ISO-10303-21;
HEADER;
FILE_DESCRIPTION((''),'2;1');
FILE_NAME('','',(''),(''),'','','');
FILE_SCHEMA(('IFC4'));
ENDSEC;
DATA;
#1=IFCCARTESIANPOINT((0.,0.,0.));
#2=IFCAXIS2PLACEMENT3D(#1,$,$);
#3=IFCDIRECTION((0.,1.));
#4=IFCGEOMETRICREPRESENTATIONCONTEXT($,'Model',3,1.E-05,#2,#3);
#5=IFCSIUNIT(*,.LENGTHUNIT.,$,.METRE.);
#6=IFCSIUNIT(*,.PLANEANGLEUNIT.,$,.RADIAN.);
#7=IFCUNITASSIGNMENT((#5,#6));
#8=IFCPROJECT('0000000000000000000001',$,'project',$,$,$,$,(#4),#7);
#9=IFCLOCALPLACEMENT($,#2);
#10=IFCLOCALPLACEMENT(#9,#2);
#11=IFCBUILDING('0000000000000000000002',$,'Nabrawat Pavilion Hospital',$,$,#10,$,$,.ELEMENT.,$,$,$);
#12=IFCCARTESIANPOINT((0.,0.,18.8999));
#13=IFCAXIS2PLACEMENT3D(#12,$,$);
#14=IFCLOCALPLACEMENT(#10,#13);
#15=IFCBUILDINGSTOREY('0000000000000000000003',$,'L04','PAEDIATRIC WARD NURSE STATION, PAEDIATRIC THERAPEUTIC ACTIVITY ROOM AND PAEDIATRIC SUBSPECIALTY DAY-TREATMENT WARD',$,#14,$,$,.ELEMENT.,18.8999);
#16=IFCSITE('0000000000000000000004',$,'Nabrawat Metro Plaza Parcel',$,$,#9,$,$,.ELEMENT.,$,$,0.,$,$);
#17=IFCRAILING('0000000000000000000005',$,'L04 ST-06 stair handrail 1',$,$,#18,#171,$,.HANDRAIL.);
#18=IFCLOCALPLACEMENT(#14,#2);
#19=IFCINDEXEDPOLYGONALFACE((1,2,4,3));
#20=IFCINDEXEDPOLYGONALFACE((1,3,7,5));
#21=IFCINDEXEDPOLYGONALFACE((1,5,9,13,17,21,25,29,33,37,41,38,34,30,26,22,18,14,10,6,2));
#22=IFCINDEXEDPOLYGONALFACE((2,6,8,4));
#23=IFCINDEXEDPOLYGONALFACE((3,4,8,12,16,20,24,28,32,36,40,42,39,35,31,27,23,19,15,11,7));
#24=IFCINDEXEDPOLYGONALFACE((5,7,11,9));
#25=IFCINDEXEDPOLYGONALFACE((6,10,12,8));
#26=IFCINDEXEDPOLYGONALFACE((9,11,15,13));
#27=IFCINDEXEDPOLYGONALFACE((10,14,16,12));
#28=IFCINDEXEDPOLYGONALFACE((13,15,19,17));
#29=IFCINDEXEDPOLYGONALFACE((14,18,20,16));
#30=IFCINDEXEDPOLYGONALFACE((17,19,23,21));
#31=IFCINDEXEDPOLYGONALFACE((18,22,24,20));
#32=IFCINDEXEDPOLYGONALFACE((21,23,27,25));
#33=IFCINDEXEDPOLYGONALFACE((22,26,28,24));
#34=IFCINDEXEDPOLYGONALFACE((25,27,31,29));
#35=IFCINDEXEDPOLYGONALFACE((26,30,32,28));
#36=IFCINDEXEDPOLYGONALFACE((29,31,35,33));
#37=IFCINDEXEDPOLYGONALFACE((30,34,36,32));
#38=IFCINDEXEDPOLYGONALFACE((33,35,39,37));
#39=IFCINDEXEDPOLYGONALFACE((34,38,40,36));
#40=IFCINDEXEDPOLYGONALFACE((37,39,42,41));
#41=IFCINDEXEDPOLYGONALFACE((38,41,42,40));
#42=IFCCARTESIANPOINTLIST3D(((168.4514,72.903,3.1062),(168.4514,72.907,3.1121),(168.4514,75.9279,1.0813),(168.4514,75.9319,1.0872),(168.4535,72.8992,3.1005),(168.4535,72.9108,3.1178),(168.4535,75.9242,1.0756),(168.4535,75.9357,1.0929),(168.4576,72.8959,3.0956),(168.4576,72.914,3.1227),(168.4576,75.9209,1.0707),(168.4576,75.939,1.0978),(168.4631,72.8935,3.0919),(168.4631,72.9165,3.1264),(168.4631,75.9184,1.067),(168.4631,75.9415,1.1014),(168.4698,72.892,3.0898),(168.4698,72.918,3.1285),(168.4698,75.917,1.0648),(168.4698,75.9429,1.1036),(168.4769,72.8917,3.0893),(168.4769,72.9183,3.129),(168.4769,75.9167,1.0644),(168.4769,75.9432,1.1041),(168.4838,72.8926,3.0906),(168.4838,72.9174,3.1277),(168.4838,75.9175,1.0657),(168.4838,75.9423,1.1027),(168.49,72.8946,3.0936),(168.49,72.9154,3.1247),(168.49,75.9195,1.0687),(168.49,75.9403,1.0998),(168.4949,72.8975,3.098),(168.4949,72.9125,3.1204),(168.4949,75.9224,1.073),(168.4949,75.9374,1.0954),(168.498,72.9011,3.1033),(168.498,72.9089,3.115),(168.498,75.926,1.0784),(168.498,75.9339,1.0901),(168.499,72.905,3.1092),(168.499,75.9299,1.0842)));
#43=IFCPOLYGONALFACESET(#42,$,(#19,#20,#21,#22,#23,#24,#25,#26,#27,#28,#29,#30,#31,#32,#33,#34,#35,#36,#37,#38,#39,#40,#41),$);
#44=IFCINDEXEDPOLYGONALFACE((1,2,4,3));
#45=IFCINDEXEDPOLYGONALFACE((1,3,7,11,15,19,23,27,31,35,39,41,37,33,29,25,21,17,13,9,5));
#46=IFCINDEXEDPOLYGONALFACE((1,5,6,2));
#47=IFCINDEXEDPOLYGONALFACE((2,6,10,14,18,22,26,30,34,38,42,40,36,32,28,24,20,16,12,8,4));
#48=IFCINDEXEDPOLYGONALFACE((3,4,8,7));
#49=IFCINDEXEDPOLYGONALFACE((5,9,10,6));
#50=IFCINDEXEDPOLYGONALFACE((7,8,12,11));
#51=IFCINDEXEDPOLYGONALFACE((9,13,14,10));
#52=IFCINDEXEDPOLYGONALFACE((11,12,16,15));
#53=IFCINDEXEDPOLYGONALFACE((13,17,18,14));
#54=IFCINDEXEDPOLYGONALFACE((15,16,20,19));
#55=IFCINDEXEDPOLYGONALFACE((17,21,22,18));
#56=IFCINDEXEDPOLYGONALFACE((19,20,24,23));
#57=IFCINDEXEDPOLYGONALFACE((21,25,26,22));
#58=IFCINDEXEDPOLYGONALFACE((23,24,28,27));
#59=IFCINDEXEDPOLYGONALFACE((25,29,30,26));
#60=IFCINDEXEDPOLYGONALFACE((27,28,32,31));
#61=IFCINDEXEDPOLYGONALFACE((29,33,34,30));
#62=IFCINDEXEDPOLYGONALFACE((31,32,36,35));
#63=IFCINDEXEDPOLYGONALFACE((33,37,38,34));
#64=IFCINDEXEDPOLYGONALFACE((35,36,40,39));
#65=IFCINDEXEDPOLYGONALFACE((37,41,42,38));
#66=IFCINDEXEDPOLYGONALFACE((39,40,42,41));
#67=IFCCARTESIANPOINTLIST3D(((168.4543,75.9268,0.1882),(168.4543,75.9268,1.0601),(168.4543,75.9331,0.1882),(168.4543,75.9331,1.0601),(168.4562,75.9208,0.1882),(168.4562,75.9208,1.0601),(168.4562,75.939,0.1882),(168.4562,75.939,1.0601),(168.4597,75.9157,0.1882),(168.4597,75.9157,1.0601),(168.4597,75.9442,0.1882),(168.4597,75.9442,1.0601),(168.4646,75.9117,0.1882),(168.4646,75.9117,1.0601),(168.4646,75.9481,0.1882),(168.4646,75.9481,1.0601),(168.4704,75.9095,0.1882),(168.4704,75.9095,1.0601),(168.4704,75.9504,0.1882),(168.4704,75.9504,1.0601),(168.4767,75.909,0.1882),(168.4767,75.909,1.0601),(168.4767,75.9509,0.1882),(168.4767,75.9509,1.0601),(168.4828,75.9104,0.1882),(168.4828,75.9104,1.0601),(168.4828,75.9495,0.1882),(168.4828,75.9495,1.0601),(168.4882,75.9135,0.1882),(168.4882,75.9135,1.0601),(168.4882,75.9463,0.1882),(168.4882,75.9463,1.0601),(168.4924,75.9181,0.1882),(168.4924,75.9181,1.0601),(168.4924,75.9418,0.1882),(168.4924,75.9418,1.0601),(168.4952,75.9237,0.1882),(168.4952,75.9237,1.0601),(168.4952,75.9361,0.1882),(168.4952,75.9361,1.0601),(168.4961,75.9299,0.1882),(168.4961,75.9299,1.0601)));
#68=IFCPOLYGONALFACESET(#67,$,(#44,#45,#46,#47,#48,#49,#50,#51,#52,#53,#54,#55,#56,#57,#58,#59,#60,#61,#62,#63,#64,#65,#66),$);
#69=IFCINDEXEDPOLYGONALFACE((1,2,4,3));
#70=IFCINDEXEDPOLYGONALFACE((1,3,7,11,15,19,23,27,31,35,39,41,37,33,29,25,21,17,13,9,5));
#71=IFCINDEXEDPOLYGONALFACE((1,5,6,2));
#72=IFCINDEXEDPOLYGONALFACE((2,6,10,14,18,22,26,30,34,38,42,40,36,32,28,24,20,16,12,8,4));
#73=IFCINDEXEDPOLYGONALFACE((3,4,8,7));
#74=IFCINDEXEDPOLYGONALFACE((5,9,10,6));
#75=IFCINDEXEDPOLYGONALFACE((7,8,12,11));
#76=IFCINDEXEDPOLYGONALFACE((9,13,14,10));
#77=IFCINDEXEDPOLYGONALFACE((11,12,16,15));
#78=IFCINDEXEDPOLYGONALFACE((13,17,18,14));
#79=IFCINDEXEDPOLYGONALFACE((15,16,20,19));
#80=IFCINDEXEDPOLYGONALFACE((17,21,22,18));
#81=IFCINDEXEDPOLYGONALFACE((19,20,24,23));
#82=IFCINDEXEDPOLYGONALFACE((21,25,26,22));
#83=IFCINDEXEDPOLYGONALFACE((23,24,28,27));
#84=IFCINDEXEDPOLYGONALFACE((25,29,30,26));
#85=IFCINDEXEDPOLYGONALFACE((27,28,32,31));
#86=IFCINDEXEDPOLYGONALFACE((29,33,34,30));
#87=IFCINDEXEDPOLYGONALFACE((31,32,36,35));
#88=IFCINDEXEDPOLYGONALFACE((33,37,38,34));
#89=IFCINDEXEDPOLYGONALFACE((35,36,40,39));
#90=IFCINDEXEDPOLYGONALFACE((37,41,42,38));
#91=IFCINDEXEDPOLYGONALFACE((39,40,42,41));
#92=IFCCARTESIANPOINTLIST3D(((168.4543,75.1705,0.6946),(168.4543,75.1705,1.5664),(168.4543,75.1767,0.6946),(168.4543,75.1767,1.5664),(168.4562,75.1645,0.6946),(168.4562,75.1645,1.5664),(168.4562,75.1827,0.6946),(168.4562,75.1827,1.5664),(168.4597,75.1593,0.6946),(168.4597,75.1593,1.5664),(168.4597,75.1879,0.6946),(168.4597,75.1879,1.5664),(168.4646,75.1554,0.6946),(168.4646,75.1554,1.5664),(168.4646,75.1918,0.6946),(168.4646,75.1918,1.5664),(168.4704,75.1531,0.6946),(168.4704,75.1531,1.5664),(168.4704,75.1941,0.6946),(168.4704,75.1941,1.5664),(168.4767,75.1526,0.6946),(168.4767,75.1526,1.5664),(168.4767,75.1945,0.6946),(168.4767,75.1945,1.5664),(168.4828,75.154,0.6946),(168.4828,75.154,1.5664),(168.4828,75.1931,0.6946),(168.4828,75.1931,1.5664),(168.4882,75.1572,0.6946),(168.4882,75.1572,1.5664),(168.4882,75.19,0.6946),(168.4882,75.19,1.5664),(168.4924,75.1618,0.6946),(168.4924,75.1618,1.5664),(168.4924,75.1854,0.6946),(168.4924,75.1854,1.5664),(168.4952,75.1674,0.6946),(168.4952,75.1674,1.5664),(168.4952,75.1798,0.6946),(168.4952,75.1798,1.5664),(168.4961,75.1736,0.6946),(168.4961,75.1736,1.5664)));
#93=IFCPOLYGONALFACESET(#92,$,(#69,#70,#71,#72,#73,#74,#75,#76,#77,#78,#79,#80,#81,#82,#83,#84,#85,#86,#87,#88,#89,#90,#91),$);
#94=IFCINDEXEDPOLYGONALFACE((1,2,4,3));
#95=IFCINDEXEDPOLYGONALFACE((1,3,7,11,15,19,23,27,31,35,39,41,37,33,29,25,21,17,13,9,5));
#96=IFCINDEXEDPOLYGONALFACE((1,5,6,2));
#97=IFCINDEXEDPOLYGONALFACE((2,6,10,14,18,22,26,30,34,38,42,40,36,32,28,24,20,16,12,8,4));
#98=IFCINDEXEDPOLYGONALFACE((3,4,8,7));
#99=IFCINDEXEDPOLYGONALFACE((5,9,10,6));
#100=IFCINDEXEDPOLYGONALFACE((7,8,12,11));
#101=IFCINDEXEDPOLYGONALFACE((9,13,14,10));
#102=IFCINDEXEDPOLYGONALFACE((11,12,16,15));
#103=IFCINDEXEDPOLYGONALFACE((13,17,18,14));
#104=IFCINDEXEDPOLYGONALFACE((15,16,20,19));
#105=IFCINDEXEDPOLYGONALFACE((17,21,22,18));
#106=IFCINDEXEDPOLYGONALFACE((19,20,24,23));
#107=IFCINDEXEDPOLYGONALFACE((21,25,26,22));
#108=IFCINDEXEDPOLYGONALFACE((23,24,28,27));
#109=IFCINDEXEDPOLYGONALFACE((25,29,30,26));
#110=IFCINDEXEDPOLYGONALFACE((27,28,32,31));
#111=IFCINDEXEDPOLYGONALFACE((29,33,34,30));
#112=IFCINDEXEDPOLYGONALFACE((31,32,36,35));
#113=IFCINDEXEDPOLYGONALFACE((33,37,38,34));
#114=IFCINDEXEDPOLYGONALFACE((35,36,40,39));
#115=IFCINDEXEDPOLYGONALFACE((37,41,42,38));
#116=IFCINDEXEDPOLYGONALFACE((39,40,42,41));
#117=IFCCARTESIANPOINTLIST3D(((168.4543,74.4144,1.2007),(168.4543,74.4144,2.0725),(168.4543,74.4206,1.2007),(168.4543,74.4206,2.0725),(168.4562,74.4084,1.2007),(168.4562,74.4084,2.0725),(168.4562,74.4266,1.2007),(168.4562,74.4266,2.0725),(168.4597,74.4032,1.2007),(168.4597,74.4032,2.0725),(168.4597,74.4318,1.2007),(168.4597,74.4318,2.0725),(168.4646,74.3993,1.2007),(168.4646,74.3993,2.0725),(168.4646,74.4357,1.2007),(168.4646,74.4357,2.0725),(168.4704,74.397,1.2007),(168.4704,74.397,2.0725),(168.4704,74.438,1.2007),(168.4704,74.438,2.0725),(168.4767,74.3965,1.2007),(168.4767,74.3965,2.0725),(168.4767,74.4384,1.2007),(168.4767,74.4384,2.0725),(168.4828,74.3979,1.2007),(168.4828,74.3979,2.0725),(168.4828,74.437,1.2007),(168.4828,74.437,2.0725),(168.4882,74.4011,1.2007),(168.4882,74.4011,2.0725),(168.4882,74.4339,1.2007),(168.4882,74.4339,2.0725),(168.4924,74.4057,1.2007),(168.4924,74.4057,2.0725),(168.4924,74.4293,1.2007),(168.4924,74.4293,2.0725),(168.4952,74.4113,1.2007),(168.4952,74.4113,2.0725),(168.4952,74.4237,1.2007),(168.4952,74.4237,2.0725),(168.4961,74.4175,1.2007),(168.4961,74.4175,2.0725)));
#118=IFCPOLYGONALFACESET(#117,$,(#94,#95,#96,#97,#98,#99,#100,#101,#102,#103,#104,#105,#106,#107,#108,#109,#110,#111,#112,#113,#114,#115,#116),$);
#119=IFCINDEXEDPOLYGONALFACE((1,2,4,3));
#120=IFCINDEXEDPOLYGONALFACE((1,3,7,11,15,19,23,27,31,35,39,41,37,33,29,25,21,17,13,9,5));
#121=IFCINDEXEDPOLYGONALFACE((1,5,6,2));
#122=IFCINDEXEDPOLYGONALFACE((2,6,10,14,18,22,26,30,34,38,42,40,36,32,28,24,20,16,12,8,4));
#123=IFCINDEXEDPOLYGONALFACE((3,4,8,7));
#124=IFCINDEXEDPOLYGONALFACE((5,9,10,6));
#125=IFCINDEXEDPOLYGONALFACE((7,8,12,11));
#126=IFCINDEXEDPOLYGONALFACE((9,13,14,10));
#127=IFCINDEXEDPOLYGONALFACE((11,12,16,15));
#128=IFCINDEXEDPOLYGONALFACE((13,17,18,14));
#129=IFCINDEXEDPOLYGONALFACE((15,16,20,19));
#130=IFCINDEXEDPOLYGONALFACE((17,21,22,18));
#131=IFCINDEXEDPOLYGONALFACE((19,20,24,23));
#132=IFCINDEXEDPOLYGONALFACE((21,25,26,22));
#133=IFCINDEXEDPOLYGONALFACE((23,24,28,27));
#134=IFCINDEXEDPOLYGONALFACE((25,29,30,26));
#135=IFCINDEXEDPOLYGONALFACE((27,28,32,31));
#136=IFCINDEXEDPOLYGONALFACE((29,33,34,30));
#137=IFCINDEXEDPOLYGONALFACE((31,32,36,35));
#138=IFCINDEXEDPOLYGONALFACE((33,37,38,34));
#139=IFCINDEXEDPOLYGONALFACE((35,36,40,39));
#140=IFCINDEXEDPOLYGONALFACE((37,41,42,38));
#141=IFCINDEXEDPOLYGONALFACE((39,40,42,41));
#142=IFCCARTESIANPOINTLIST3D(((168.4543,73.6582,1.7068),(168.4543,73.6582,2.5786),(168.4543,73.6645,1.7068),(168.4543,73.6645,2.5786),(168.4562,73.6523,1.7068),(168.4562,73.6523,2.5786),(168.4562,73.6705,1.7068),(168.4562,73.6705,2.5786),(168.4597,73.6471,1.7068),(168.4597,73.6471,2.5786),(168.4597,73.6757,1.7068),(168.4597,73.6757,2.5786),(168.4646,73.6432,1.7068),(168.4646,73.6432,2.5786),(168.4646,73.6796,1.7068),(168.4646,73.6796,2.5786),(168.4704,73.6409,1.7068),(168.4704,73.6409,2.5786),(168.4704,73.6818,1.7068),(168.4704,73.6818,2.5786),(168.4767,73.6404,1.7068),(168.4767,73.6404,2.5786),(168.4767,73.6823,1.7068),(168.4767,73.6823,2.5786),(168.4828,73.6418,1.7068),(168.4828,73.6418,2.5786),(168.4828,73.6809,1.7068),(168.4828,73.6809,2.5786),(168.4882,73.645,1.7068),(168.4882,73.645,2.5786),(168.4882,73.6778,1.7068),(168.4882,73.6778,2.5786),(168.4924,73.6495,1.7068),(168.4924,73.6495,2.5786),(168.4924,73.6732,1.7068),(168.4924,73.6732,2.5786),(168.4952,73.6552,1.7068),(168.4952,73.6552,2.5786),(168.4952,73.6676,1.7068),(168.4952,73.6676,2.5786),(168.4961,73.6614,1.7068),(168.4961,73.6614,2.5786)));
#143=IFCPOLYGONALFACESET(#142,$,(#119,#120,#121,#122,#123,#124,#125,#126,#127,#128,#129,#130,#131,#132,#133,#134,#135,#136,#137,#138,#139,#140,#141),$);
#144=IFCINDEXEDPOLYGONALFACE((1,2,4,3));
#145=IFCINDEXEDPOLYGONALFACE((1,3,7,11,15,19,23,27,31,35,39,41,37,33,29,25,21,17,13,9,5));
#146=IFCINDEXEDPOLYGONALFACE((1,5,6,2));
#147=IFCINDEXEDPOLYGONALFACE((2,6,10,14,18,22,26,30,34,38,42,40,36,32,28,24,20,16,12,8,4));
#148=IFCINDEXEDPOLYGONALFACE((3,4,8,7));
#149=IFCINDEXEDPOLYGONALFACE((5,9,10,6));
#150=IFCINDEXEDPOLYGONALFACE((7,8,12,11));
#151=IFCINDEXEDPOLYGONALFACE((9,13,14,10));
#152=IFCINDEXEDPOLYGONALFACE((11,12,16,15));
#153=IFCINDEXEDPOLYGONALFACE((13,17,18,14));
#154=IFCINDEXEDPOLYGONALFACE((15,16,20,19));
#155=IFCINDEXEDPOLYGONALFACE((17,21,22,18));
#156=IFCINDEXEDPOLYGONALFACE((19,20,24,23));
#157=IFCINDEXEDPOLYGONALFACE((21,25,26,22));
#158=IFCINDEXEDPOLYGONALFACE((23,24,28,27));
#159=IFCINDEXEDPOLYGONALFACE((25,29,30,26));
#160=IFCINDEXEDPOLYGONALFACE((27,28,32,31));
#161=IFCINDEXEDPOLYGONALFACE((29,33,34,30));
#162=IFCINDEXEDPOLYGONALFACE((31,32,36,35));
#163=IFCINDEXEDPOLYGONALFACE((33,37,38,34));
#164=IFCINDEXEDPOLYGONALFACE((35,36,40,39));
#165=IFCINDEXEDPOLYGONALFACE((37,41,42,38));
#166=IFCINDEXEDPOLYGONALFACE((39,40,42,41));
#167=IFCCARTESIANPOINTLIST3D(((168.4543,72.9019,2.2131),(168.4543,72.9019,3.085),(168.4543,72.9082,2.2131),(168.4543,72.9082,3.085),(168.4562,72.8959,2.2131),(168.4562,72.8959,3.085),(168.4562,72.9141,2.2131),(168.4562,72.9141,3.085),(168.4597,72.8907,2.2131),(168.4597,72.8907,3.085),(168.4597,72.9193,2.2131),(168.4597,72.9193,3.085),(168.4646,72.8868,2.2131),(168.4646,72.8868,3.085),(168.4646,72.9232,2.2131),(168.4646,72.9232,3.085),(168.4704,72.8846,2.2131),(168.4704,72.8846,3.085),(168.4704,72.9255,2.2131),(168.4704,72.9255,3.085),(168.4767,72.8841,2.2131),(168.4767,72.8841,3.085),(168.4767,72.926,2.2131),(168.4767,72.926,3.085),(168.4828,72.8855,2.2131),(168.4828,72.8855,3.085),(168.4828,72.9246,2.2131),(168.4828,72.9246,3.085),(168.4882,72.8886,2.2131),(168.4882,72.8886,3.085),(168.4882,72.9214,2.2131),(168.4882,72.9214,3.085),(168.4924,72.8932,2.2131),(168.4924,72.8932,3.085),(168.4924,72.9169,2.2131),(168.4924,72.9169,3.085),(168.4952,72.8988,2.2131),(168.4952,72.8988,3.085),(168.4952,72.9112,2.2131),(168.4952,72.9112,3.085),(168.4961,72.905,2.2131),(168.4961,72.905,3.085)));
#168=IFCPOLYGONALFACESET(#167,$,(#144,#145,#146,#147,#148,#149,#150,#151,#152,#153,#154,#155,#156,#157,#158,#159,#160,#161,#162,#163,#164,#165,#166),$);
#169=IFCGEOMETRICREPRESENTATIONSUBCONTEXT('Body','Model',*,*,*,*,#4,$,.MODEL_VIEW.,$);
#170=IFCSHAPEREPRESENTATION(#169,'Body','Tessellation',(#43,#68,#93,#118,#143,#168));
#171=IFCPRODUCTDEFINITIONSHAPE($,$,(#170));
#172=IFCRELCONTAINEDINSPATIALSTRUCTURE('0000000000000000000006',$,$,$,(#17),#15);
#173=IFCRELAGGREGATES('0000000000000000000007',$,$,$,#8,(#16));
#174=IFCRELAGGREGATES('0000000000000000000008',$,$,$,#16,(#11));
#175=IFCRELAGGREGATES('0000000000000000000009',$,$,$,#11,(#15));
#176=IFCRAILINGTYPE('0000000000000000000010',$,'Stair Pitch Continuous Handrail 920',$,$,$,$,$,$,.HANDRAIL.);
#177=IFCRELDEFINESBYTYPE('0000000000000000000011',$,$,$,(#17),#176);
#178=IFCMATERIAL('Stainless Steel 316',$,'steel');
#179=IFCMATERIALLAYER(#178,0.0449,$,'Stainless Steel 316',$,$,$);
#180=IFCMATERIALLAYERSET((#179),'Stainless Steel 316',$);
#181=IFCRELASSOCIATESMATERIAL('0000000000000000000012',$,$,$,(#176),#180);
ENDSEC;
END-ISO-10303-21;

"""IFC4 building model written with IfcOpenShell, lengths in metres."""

from ifc_helpers import new_model, si_unit, direction, frame, origin, origin_2d, place, context, subcontext, project, spatial, circle, extrude, material, layer, layer_set, type_object, element, save


model = new_model("IFC4")

# Units and contexts
model_context = context("Model", 3, precision=1e-05, world=origin(), true_north=direction((0.0, 1.0)))
body_context = subcontext(model_context, "Body", "Model", "MODEL_VIEW")
ifc_project = project(units=[si_unit("LENGTHUNIT", "METRE"), si_unit("PLANEANGLEUNIT", "RADIAN")], contexts=[model_context])

# Site, building, storey
site_placement = place(None, origin())
site = spatial("IfcSite", under=ifc_project, at=site_placement, Name="Nabrawat Metro Plaza Parcel", CompositionType="ELEMENT", RefElevation=0.0)
building_placement = place(site_placement, origin())
building = spatial("IfcBuilding", under=site, at=building_placement, Name="Nabrawat Pavilion Hospital", CompositionType="ELEMENT")
storey_placement = place(building_placement, frame((0.0, 0.0, 18.8999)))
storey = spatial("IfcBuildingStorey", under=building, at=storey_placement, Name="L04", Description="PAEDIATRIC WARD NURSE STATION, PAEDIATRIC THERAPEUTIC ACTIVITY ROOM AND PAEDIATRIC SUBSPECIALTY DAY-TREATMENT WARD", CompositionType="ELEMENT", Elevation=18.8999)

# Railing
ifc_material_1 = material(Name="Stainless Steel 316", Category="steel")
ifc_layer_1 = layer(ifc_material_1, 0.0449, Name="Stainless Steel 316")
ifc_layer_set_1 = layer_set([ifc_layer_1], Name="Stainless Steel 316")
railing_type_1 = type_object("IfcRailingType", Name="Stair Pitch Continuous Handrail 920", PredefinedType="HANDRAIL", material=ifc_layer_set_1)
railing_1_placement = place(storey_placement, frame((168.4751, 75.9299, 0.1882)))
element("IfcRailing", 1, at=railing_1_placement, inside=storey, type_object=railing_type_1, Name="L04 ST-06 stair handrail 1", PredefinedType="HANDRAIL", context=body_context, shape_type="SweptSolid", body=[
    extrude(circle(Radius=0.0239, at=origin_2d()), frame((0.0, 0.0, 0.896), z_axis=(0.0, -0.830996, 0.556278), x_axis=(1.0, 0.0, 0.0)), (0.0, 0.0, 1.0), 3.6401),
    extrude(circle(Radius=0.021, at=origin_2d()), origin(), (0.0, 0.0, 1.0), 0.8718),
    extrude(circle(Radius=0.021, at=origin_2d()), frame((0.0, -0.7563, 0.5063)), (0.0, 0.0, 1.0), 0.8718),
    extrude(circle(Radius=0.021, at=origin_2d()), frame((0.0, -1.5125, 1.0125)), (0.0, 0.0, 1.0), 0.8718),
    extrude(circle(Radius=0.021, at=origin_2d()), frame((0.0, -2.2686, 1.5186)), (0.0, 0.0, 1.0), 0.8718),
    extrude(circle(Radius=0.021, at=origin_2d()), frame((0.0, -3.0249, 2.0249)), (0.0, 0.0, 1.0), 0.8718),
])

save(model, "model.ifc")
